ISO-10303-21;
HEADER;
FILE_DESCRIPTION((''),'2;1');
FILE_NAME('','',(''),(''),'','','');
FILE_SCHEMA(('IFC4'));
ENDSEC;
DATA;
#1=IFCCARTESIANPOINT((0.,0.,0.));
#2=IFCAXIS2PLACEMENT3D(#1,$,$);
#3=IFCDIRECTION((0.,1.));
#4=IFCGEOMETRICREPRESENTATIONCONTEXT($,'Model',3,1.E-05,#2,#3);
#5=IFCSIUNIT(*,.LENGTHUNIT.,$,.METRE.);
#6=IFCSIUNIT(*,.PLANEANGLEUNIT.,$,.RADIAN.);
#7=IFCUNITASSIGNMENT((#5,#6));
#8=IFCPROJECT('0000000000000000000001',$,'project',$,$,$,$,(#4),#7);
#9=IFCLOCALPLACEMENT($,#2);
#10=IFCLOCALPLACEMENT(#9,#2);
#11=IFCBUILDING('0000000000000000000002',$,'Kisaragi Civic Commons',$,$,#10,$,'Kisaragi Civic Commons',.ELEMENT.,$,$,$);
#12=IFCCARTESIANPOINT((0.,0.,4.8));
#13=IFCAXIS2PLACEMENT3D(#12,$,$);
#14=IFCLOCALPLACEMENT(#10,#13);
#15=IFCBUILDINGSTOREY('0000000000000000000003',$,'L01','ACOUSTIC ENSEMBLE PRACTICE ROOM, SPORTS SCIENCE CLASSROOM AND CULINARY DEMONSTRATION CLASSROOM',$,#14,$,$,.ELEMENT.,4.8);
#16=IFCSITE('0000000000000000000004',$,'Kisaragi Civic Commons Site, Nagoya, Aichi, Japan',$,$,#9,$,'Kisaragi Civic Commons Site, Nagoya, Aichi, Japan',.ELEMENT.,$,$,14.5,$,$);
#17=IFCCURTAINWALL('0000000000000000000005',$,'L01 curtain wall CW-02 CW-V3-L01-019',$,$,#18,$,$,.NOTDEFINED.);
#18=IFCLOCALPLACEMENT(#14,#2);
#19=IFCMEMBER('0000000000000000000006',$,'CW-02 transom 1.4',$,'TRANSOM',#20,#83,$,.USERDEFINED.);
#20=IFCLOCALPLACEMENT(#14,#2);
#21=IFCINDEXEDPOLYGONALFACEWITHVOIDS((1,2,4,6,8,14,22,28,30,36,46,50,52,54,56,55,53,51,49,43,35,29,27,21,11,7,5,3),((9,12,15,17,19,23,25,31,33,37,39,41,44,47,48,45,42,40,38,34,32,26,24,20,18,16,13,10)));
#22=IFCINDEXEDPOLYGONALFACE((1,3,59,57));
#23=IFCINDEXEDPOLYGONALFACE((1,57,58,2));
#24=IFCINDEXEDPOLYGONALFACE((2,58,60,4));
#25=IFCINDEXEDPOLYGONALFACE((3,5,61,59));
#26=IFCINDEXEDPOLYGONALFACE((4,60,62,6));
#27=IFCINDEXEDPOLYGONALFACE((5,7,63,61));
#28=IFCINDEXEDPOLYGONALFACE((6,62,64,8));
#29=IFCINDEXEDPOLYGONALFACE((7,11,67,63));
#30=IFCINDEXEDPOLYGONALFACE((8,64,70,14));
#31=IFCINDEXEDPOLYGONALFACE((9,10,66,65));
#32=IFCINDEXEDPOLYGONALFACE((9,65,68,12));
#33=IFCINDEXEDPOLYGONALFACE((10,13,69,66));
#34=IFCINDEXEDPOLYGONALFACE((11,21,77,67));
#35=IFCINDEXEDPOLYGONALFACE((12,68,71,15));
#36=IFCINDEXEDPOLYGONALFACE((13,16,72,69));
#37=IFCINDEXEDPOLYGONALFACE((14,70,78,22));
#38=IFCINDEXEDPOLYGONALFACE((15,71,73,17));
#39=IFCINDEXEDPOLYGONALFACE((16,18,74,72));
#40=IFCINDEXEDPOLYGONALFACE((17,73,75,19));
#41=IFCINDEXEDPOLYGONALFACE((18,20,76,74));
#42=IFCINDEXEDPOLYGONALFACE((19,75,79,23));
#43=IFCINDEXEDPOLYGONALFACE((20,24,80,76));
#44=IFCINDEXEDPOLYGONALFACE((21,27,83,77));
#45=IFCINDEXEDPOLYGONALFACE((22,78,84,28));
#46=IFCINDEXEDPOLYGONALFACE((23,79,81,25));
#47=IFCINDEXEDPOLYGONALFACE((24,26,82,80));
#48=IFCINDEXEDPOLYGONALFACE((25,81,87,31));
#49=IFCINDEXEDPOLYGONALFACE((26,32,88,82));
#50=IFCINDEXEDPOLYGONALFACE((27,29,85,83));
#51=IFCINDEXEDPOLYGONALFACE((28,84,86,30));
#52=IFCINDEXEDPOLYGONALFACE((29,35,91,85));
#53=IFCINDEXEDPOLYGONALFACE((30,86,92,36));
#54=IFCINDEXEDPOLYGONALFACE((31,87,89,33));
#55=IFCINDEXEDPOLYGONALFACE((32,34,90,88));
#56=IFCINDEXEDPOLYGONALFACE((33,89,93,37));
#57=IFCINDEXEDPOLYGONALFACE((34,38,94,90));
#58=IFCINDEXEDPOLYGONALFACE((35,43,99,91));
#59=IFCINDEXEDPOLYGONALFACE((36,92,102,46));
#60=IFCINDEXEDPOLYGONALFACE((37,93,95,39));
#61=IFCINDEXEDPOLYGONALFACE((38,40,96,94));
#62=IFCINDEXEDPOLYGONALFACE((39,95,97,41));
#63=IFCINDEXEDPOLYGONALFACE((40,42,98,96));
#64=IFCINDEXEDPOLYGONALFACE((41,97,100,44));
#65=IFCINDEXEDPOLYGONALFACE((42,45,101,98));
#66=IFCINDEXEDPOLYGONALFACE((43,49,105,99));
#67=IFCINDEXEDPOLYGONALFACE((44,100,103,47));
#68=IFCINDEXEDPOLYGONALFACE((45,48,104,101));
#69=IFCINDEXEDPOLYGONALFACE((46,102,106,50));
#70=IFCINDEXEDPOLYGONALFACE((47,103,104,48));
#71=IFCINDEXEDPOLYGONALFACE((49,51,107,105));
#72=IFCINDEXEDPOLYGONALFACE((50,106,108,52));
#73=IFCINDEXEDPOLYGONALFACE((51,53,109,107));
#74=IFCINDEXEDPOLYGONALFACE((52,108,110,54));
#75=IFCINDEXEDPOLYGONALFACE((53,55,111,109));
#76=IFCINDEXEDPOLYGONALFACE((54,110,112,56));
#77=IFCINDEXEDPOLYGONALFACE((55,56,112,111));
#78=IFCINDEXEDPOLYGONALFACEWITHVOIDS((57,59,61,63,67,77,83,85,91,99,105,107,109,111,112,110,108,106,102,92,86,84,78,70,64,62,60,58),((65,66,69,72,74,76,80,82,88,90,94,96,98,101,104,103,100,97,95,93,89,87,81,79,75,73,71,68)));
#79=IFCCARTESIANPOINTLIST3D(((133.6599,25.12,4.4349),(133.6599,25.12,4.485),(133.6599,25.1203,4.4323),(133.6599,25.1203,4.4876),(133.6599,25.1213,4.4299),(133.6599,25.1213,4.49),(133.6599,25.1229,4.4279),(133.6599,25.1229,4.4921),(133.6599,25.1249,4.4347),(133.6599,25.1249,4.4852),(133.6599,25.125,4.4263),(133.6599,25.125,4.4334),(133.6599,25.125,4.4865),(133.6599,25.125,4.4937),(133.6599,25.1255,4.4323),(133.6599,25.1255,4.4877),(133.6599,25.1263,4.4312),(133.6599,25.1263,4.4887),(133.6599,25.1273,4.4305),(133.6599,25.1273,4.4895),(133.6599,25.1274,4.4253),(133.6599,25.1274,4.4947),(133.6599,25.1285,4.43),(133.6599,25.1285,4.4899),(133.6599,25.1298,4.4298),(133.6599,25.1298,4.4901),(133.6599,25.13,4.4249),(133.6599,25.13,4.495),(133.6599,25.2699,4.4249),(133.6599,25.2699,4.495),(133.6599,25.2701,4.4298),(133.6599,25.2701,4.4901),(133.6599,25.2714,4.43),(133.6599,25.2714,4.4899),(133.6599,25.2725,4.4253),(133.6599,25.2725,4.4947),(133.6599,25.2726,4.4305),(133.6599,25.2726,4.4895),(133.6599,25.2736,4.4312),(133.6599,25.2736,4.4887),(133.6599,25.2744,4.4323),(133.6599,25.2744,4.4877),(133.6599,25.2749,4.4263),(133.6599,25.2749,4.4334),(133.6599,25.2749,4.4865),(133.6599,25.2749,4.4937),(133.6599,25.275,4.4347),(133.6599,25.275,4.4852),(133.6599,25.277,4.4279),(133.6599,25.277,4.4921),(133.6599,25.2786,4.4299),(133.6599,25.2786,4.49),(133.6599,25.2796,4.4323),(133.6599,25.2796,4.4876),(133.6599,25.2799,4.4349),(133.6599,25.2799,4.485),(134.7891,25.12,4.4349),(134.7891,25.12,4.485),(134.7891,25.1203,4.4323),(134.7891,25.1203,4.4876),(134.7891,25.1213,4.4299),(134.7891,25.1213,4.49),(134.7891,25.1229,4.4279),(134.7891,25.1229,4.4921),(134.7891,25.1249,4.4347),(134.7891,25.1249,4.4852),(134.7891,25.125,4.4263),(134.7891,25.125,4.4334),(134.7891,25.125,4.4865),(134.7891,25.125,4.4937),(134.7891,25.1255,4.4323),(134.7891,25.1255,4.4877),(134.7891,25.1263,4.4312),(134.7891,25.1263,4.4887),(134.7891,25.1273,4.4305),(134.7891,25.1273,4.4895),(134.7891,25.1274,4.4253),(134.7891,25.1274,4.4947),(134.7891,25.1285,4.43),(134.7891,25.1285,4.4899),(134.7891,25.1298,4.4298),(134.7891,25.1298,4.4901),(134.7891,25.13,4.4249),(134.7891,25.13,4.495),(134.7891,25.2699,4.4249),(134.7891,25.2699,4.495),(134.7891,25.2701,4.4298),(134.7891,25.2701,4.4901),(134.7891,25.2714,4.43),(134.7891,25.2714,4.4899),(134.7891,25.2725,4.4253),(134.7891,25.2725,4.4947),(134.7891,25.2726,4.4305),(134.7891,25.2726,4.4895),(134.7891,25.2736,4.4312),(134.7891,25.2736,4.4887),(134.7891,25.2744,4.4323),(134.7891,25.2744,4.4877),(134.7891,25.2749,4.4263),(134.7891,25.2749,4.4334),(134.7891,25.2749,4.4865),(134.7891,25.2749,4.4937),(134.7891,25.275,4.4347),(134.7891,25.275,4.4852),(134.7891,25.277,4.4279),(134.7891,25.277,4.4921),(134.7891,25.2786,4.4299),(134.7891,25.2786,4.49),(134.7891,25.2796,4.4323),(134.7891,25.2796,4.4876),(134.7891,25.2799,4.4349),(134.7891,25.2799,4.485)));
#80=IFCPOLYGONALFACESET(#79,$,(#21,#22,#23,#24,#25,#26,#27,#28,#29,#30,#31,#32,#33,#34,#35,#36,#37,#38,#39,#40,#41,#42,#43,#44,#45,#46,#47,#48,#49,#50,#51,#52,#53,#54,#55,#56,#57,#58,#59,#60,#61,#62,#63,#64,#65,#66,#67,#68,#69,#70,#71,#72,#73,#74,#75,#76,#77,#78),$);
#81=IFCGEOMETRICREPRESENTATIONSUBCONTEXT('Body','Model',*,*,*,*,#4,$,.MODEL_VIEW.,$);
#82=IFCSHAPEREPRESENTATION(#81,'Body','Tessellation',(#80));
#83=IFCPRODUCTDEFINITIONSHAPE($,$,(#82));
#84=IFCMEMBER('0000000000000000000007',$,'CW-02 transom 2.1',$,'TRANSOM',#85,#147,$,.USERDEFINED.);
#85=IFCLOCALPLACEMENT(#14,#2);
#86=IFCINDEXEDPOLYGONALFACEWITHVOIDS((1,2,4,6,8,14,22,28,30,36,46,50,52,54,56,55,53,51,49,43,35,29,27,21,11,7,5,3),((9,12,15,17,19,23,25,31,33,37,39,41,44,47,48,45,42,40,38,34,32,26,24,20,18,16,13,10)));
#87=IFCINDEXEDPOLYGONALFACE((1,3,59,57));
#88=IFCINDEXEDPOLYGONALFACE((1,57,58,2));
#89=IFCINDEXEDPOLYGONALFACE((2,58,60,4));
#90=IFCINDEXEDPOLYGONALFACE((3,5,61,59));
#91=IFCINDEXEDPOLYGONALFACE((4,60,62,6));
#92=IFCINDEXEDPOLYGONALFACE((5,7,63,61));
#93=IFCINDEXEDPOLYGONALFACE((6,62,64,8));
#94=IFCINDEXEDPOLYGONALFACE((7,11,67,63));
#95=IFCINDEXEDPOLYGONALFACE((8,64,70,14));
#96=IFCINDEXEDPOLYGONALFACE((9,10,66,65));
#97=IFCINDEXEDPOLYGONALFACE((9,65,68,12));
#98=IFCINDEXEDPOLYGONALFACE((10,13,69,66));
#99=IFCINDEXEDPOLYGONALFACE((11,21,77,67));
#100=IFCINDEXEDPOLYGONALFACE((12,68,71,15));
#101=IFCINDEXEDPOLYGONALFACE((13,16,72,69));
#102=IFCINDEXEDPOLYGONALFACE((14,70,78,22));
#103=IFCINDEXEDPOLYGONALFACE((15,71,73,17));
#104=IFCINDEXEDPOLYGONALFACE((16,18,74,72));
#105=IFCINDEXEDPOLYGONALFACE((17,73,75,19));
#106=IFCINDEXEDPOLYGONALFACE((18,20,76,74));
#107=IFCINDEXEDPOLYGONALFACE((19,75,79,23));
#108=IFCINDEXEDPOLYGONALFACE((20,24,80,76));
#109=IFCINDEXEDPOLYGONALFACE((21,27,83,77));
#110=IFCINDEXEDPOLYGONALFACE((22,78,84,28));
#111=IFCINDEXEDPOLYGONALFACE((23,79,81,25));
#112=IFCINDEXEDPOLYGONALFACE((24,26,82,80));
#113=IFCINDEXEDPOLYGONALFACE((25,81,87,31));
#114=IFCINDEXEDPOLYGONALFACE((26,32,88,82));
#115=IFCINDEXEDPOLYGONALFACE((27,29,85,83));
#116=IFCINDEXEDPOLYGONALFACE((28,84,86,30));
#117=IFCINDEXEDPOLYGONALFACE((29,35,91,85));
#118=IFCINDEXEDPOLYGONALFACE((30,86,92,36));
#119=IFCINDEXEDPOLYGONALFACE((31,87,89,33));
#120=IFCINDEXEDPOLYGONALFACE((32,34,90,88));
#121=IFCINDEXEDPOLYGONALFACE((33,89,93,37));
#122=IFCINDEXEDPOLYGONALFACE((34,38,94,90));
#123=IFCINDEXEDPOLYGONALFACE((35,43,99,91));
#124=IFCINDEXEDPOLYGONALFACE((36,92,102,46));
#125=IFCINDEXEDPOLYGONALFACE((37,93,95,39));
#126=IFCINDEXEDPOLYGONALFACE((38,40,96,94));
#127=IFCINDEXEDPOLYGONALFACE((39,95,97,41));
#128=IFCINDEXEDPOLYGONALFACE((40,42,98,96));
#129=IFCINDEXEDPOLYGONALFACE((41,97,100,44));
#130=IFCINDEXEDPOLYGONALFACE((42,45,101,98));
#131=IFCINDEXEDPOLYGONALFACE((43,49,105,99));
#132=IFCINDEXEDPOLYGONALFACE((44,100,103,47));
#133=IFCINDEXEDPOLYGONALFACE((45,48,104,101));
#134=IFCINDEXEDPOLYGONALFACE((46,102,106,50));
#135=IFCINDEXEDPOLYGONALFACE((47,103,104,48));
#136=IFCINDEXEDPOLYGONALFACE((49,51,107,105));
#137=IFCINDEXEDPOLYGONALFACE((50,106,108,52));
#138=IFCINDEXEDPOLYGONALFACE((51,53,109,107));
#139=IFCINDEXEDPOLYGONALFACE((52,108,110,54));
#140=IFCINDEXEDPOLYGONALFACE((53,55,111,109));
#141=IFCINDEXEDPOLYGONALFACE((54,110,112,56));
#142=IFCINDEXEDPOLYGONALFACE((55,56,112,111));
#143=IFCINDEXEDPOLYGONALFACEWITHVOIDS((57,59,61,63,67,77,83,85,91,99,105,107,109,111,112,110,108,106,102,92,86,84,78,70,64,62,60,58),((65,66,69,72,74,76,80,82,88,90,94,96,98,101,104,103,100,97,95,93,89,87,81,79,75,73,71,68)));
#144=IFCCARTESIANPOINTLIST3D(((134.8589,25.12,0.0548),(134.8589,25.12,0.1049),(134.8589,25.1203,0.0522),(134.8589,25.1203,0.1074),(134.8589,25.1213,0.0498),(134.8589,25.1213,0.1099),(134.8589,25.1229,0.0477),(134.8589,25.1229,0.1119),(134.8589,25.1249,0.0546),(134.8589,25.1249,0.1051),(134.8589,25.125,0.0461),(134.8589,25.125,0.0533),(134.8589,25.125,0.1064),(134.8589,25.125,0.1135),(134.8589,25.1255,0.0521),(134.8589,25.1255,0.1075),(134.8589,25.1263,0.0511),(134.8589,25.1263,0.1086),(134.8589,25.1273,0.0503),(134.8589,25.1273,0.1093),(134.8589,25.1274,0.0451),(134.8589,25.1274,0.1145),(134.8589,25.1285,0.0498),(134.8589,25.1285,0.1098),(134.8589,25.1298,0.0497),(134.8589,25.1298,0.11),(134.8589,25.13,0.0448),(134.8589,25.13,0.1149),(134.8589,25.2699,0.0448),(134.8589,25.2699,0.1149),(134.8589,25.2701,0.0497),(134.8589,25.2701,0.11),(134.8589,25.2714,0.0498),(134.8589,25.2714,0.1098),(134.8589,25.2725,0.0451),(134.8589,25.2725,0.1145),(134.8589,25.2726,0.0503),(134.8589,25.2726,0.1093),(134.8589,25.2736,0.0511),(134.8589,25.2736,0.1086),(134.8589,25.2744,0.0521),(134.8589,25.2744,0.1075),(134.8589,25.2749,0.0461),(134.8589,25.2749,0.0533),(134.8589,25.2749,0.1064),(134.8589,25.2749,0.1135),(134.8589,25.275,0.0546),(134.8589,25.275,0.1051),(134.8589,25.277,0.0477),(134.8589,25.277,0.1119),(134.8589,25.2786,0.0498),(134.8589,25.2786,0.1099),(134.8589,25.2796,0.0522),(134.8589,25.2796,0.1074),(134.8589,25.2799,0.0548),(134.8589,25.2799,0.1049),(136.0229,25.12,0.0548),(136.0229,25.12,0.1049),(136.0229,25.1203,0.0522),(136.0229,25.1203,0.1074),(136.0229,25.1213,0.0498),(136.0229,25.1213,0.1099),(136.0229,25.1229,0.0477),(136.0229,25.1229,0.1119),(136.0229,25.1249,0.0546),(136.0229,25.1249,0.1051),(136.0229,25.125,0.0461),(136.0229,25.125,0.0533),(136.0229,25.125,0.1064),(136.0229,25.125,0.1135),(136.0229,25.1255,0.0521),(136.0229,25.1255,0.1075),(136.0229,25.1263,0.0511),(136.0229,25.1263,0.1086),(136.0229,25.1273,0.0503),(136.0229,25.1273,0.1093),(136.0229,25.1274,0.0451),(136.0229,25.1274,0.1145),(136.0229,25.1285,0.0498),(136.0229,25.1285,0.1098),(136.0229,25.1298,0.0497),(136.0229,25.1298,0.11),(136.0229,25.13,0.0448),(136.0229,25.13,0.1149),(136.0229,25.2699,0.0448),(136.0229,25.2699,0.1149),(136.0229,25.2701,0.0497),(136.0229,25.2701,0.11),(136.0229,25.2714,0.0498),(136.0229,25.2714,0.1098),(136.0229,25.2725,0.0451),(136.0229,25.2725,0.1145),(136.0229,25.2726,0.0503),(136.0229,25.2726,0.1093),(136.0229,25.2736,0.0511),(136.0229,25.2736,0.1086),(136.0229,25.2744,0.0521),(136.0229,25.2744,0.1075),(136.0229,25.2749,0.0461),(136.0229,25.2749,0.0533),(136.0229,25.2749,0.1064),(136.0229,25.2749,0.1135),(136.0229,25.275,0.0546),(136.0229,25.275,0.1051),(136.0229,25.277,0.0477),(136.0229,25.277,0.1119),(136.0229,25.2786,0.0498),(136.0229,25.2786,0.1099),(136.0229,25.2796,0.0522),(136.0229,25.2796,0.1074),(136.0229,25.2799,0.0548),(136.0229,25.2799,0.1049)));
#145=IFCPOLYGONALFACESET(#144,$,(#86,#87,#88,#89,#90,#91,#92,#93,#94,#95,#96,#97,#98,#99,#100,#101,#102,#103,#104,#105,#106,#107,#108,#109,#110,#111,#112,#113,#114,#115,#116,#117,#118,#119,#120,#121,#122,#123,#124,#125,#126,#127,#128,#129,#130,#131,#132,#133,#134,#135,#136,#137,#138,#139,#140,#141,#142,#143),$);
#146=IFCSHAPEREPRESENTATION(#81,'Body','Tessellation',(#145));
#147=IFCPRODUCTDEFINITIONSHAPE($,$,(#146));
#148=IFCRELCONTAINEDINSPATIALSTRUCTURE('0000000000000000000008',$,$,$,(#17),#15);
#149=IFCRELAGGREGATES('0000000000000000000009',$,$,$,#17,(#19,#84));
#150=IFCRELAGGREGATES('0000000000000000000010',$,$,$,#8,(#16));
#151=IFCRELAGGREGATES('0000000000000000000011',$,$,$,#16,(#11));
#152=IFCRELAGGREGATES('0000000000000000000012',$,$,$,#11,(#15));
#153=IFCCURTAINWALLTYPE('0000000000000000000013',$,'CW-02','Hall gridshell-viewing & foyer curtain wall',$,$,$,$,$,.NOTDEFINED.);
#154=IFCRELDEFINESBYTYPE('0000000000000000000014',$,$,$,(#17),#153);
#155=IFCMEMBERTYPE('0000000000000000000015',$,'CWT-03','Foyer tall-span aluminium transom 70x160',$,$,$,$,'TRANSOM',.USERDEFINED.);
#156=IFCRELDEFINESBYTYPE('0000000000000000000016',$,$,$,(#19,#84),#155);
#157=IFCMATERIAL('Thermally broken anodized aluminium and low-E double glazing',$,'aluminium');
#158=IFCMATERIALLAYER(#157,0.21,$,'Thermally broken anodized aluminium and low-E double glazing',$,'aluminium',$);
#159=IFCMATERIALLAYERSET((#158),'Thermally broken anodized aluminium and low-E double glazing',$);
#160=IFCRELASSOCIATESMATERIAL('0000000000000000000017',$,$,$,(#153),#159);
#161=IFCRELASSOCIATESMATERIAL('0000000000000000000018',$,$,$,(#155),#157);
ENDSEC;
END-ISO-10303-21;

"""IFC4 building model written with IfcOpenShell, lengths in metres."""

from ifc_helpers import new_model, si_unit, direction, frame, origin, origin_2d, place, context, subcontext, project, spatial, hollow_rectangle, extrude, material, layer, layer_set, material_profile, profile_set, type_object, element, aggregate, save


model = new_model("IFC4")

# Units and contexts
model_context = context("Model", 3, precision=1e-05, world=origin(), true_north=direction((0.0, 1.0)))
body_context = subcontext(model_context, "Body", "Model", "MODEL_VIEW")
ifc_project = project(units=[si_unit("LENGTHUNIT", "METRE"), si_unit("PLANEANGLEUNIT", "RADIAN")], contexts=[model_context])

# Site, building, storey
site_placement = place(None, origin())
site = spatial("IfcSite", under=ifc_project, at=site_placement, Name="Kisaragi Civic Commons Site, Nagoya, Aichi, Japan", LongName="Kisaragi Civic Commons Site, Nagoya, Aichi, Japan", CompositionType="ELEMENT", RefElevation=14.5)
building_placement = place(site_placement, origin())
building = spatial("IfcBuilding", under=site, at=building_placement, Name="Kisaragi Civic Commons", LongName="Kisaragi Civic Commons", CompositionType="ELEMENT")
storey_placement = place(building_placement, frame((0.0, 0.0, 4.8)))
storey = spatial("IfcBuildingStorey", under=building, at=storey_placement, Name="L01", Description="ACOUSTIC ENSEMBLE PRACTICE ROOM, SPORTS SCIENCE CLASSROOM AND CULINARY DEMONSTRATION CLASSROOM", CompositionType="ELEMENT", Elevation=4.8)

# Curtain wall, members
ifc_material_1 = material(Name="Thermally broken anodized aluminium and low-E double glazing", Category="aluminium")
ifc_layer_1 = layer(ifc_material_1, 0.21, Name="Thermally broken anodized aluminium and low-E double glazing", Category="aluminium")
ifc_layer_set_1 = layer_set([ifc_layer_1], Name="Thermally broken anodized aluminium and low-E double glazing")
curtain_wall_type = type_object("IfcCurtainWallType", Name="CW-02", Description="Hall gridshell-viewing & foyer curtain wall", PredefinedType="NOTDEFINED", material=ifc_layer_set_1)
curtain_wall_placement = place(storey_placement, origin())
curtain_wall = element("IfcCurtainWall", 1, at=curtain_wall_placement, inside=storey, type_object=curtain_wall_type, Name="L01 curtain wall CW-02 CW-V3-L01-019", PredefinedType="NOTDEFINED")
ifc_material_profile_1 = material_profile(ifc_material_1, hollow_rectangle(XDim=0.1599, YDim=0.0701, WallThickness=0.0049, InnerFilletRadius=0.0049, OuterFilletRadius=0.01, at=origin_2d()), Name="CWT-70x160x5", Category="aluminium")
ifc_profile_set_1 = profile_set([ifc_material_profile_1], Name="Thermally broken anodized aluminium and low-E double glazing")
member_type_1 = type_object("IfcMemberType", Name="CWT-03", Description="Foyer tall-span aluminium transom 70x160", ElementType="TRANSOM", PredefinedType="USERDEFINED", material=ifc_profile_set_1)
member_1_placement = place(storey_placement, frame((133.6599, 25.2, 4.46), z_axis=(1.0, 0.0, 0.0), x_axis=(0.0, 1.0, 0.0)))
member_1 = element("IfcMember", 2, at=member_1_placement, type_object=member_type_1, Name="CW-02 transom 1.4", ObjectType="TRANSOM", PredefinedType="USERDEFINED", context=body_context, shape_type="SweptSolid", body=[
    extrude(hollow_rectangle(XDim=0.1599, YDim=0.0701, WallThickness=0.0049, InnerFilletRadius=0.0049, OuterFilletRadius=0.01, at=origin_2d()), origin(), (0.0, 0.0, 1.0), 1.1292),
])
member_2_placement = place(storey_placement, frame((134.8589, 25.2, 0.0798), z_axis=(1.0, 0.0, 0.0), x_axis=(0.0, 1.0, 0.0)))
member_2 = element("IfcMember", 3, at=member_2_placement, type_object=member_type_1, Name="CW-02 transom 2.1", ObjectType="TRANSOM", PredefinedType="USERDEFINED", context=body_context, shape_type="SweptSolid", body=[
    extrude(hollow_rectangle(XDim=0.1599, YDim=0.0701, WallThickness=0.0049, InnerFilletRadius=0.0049, OuterFilletRadius=0.01, at=origin_2d()), origin(), (0.0, 0.0, 1.0), 1.1641),
])

aggregate(curtain_wall, [member_1, member_2])

save(model, "model.ifc")
